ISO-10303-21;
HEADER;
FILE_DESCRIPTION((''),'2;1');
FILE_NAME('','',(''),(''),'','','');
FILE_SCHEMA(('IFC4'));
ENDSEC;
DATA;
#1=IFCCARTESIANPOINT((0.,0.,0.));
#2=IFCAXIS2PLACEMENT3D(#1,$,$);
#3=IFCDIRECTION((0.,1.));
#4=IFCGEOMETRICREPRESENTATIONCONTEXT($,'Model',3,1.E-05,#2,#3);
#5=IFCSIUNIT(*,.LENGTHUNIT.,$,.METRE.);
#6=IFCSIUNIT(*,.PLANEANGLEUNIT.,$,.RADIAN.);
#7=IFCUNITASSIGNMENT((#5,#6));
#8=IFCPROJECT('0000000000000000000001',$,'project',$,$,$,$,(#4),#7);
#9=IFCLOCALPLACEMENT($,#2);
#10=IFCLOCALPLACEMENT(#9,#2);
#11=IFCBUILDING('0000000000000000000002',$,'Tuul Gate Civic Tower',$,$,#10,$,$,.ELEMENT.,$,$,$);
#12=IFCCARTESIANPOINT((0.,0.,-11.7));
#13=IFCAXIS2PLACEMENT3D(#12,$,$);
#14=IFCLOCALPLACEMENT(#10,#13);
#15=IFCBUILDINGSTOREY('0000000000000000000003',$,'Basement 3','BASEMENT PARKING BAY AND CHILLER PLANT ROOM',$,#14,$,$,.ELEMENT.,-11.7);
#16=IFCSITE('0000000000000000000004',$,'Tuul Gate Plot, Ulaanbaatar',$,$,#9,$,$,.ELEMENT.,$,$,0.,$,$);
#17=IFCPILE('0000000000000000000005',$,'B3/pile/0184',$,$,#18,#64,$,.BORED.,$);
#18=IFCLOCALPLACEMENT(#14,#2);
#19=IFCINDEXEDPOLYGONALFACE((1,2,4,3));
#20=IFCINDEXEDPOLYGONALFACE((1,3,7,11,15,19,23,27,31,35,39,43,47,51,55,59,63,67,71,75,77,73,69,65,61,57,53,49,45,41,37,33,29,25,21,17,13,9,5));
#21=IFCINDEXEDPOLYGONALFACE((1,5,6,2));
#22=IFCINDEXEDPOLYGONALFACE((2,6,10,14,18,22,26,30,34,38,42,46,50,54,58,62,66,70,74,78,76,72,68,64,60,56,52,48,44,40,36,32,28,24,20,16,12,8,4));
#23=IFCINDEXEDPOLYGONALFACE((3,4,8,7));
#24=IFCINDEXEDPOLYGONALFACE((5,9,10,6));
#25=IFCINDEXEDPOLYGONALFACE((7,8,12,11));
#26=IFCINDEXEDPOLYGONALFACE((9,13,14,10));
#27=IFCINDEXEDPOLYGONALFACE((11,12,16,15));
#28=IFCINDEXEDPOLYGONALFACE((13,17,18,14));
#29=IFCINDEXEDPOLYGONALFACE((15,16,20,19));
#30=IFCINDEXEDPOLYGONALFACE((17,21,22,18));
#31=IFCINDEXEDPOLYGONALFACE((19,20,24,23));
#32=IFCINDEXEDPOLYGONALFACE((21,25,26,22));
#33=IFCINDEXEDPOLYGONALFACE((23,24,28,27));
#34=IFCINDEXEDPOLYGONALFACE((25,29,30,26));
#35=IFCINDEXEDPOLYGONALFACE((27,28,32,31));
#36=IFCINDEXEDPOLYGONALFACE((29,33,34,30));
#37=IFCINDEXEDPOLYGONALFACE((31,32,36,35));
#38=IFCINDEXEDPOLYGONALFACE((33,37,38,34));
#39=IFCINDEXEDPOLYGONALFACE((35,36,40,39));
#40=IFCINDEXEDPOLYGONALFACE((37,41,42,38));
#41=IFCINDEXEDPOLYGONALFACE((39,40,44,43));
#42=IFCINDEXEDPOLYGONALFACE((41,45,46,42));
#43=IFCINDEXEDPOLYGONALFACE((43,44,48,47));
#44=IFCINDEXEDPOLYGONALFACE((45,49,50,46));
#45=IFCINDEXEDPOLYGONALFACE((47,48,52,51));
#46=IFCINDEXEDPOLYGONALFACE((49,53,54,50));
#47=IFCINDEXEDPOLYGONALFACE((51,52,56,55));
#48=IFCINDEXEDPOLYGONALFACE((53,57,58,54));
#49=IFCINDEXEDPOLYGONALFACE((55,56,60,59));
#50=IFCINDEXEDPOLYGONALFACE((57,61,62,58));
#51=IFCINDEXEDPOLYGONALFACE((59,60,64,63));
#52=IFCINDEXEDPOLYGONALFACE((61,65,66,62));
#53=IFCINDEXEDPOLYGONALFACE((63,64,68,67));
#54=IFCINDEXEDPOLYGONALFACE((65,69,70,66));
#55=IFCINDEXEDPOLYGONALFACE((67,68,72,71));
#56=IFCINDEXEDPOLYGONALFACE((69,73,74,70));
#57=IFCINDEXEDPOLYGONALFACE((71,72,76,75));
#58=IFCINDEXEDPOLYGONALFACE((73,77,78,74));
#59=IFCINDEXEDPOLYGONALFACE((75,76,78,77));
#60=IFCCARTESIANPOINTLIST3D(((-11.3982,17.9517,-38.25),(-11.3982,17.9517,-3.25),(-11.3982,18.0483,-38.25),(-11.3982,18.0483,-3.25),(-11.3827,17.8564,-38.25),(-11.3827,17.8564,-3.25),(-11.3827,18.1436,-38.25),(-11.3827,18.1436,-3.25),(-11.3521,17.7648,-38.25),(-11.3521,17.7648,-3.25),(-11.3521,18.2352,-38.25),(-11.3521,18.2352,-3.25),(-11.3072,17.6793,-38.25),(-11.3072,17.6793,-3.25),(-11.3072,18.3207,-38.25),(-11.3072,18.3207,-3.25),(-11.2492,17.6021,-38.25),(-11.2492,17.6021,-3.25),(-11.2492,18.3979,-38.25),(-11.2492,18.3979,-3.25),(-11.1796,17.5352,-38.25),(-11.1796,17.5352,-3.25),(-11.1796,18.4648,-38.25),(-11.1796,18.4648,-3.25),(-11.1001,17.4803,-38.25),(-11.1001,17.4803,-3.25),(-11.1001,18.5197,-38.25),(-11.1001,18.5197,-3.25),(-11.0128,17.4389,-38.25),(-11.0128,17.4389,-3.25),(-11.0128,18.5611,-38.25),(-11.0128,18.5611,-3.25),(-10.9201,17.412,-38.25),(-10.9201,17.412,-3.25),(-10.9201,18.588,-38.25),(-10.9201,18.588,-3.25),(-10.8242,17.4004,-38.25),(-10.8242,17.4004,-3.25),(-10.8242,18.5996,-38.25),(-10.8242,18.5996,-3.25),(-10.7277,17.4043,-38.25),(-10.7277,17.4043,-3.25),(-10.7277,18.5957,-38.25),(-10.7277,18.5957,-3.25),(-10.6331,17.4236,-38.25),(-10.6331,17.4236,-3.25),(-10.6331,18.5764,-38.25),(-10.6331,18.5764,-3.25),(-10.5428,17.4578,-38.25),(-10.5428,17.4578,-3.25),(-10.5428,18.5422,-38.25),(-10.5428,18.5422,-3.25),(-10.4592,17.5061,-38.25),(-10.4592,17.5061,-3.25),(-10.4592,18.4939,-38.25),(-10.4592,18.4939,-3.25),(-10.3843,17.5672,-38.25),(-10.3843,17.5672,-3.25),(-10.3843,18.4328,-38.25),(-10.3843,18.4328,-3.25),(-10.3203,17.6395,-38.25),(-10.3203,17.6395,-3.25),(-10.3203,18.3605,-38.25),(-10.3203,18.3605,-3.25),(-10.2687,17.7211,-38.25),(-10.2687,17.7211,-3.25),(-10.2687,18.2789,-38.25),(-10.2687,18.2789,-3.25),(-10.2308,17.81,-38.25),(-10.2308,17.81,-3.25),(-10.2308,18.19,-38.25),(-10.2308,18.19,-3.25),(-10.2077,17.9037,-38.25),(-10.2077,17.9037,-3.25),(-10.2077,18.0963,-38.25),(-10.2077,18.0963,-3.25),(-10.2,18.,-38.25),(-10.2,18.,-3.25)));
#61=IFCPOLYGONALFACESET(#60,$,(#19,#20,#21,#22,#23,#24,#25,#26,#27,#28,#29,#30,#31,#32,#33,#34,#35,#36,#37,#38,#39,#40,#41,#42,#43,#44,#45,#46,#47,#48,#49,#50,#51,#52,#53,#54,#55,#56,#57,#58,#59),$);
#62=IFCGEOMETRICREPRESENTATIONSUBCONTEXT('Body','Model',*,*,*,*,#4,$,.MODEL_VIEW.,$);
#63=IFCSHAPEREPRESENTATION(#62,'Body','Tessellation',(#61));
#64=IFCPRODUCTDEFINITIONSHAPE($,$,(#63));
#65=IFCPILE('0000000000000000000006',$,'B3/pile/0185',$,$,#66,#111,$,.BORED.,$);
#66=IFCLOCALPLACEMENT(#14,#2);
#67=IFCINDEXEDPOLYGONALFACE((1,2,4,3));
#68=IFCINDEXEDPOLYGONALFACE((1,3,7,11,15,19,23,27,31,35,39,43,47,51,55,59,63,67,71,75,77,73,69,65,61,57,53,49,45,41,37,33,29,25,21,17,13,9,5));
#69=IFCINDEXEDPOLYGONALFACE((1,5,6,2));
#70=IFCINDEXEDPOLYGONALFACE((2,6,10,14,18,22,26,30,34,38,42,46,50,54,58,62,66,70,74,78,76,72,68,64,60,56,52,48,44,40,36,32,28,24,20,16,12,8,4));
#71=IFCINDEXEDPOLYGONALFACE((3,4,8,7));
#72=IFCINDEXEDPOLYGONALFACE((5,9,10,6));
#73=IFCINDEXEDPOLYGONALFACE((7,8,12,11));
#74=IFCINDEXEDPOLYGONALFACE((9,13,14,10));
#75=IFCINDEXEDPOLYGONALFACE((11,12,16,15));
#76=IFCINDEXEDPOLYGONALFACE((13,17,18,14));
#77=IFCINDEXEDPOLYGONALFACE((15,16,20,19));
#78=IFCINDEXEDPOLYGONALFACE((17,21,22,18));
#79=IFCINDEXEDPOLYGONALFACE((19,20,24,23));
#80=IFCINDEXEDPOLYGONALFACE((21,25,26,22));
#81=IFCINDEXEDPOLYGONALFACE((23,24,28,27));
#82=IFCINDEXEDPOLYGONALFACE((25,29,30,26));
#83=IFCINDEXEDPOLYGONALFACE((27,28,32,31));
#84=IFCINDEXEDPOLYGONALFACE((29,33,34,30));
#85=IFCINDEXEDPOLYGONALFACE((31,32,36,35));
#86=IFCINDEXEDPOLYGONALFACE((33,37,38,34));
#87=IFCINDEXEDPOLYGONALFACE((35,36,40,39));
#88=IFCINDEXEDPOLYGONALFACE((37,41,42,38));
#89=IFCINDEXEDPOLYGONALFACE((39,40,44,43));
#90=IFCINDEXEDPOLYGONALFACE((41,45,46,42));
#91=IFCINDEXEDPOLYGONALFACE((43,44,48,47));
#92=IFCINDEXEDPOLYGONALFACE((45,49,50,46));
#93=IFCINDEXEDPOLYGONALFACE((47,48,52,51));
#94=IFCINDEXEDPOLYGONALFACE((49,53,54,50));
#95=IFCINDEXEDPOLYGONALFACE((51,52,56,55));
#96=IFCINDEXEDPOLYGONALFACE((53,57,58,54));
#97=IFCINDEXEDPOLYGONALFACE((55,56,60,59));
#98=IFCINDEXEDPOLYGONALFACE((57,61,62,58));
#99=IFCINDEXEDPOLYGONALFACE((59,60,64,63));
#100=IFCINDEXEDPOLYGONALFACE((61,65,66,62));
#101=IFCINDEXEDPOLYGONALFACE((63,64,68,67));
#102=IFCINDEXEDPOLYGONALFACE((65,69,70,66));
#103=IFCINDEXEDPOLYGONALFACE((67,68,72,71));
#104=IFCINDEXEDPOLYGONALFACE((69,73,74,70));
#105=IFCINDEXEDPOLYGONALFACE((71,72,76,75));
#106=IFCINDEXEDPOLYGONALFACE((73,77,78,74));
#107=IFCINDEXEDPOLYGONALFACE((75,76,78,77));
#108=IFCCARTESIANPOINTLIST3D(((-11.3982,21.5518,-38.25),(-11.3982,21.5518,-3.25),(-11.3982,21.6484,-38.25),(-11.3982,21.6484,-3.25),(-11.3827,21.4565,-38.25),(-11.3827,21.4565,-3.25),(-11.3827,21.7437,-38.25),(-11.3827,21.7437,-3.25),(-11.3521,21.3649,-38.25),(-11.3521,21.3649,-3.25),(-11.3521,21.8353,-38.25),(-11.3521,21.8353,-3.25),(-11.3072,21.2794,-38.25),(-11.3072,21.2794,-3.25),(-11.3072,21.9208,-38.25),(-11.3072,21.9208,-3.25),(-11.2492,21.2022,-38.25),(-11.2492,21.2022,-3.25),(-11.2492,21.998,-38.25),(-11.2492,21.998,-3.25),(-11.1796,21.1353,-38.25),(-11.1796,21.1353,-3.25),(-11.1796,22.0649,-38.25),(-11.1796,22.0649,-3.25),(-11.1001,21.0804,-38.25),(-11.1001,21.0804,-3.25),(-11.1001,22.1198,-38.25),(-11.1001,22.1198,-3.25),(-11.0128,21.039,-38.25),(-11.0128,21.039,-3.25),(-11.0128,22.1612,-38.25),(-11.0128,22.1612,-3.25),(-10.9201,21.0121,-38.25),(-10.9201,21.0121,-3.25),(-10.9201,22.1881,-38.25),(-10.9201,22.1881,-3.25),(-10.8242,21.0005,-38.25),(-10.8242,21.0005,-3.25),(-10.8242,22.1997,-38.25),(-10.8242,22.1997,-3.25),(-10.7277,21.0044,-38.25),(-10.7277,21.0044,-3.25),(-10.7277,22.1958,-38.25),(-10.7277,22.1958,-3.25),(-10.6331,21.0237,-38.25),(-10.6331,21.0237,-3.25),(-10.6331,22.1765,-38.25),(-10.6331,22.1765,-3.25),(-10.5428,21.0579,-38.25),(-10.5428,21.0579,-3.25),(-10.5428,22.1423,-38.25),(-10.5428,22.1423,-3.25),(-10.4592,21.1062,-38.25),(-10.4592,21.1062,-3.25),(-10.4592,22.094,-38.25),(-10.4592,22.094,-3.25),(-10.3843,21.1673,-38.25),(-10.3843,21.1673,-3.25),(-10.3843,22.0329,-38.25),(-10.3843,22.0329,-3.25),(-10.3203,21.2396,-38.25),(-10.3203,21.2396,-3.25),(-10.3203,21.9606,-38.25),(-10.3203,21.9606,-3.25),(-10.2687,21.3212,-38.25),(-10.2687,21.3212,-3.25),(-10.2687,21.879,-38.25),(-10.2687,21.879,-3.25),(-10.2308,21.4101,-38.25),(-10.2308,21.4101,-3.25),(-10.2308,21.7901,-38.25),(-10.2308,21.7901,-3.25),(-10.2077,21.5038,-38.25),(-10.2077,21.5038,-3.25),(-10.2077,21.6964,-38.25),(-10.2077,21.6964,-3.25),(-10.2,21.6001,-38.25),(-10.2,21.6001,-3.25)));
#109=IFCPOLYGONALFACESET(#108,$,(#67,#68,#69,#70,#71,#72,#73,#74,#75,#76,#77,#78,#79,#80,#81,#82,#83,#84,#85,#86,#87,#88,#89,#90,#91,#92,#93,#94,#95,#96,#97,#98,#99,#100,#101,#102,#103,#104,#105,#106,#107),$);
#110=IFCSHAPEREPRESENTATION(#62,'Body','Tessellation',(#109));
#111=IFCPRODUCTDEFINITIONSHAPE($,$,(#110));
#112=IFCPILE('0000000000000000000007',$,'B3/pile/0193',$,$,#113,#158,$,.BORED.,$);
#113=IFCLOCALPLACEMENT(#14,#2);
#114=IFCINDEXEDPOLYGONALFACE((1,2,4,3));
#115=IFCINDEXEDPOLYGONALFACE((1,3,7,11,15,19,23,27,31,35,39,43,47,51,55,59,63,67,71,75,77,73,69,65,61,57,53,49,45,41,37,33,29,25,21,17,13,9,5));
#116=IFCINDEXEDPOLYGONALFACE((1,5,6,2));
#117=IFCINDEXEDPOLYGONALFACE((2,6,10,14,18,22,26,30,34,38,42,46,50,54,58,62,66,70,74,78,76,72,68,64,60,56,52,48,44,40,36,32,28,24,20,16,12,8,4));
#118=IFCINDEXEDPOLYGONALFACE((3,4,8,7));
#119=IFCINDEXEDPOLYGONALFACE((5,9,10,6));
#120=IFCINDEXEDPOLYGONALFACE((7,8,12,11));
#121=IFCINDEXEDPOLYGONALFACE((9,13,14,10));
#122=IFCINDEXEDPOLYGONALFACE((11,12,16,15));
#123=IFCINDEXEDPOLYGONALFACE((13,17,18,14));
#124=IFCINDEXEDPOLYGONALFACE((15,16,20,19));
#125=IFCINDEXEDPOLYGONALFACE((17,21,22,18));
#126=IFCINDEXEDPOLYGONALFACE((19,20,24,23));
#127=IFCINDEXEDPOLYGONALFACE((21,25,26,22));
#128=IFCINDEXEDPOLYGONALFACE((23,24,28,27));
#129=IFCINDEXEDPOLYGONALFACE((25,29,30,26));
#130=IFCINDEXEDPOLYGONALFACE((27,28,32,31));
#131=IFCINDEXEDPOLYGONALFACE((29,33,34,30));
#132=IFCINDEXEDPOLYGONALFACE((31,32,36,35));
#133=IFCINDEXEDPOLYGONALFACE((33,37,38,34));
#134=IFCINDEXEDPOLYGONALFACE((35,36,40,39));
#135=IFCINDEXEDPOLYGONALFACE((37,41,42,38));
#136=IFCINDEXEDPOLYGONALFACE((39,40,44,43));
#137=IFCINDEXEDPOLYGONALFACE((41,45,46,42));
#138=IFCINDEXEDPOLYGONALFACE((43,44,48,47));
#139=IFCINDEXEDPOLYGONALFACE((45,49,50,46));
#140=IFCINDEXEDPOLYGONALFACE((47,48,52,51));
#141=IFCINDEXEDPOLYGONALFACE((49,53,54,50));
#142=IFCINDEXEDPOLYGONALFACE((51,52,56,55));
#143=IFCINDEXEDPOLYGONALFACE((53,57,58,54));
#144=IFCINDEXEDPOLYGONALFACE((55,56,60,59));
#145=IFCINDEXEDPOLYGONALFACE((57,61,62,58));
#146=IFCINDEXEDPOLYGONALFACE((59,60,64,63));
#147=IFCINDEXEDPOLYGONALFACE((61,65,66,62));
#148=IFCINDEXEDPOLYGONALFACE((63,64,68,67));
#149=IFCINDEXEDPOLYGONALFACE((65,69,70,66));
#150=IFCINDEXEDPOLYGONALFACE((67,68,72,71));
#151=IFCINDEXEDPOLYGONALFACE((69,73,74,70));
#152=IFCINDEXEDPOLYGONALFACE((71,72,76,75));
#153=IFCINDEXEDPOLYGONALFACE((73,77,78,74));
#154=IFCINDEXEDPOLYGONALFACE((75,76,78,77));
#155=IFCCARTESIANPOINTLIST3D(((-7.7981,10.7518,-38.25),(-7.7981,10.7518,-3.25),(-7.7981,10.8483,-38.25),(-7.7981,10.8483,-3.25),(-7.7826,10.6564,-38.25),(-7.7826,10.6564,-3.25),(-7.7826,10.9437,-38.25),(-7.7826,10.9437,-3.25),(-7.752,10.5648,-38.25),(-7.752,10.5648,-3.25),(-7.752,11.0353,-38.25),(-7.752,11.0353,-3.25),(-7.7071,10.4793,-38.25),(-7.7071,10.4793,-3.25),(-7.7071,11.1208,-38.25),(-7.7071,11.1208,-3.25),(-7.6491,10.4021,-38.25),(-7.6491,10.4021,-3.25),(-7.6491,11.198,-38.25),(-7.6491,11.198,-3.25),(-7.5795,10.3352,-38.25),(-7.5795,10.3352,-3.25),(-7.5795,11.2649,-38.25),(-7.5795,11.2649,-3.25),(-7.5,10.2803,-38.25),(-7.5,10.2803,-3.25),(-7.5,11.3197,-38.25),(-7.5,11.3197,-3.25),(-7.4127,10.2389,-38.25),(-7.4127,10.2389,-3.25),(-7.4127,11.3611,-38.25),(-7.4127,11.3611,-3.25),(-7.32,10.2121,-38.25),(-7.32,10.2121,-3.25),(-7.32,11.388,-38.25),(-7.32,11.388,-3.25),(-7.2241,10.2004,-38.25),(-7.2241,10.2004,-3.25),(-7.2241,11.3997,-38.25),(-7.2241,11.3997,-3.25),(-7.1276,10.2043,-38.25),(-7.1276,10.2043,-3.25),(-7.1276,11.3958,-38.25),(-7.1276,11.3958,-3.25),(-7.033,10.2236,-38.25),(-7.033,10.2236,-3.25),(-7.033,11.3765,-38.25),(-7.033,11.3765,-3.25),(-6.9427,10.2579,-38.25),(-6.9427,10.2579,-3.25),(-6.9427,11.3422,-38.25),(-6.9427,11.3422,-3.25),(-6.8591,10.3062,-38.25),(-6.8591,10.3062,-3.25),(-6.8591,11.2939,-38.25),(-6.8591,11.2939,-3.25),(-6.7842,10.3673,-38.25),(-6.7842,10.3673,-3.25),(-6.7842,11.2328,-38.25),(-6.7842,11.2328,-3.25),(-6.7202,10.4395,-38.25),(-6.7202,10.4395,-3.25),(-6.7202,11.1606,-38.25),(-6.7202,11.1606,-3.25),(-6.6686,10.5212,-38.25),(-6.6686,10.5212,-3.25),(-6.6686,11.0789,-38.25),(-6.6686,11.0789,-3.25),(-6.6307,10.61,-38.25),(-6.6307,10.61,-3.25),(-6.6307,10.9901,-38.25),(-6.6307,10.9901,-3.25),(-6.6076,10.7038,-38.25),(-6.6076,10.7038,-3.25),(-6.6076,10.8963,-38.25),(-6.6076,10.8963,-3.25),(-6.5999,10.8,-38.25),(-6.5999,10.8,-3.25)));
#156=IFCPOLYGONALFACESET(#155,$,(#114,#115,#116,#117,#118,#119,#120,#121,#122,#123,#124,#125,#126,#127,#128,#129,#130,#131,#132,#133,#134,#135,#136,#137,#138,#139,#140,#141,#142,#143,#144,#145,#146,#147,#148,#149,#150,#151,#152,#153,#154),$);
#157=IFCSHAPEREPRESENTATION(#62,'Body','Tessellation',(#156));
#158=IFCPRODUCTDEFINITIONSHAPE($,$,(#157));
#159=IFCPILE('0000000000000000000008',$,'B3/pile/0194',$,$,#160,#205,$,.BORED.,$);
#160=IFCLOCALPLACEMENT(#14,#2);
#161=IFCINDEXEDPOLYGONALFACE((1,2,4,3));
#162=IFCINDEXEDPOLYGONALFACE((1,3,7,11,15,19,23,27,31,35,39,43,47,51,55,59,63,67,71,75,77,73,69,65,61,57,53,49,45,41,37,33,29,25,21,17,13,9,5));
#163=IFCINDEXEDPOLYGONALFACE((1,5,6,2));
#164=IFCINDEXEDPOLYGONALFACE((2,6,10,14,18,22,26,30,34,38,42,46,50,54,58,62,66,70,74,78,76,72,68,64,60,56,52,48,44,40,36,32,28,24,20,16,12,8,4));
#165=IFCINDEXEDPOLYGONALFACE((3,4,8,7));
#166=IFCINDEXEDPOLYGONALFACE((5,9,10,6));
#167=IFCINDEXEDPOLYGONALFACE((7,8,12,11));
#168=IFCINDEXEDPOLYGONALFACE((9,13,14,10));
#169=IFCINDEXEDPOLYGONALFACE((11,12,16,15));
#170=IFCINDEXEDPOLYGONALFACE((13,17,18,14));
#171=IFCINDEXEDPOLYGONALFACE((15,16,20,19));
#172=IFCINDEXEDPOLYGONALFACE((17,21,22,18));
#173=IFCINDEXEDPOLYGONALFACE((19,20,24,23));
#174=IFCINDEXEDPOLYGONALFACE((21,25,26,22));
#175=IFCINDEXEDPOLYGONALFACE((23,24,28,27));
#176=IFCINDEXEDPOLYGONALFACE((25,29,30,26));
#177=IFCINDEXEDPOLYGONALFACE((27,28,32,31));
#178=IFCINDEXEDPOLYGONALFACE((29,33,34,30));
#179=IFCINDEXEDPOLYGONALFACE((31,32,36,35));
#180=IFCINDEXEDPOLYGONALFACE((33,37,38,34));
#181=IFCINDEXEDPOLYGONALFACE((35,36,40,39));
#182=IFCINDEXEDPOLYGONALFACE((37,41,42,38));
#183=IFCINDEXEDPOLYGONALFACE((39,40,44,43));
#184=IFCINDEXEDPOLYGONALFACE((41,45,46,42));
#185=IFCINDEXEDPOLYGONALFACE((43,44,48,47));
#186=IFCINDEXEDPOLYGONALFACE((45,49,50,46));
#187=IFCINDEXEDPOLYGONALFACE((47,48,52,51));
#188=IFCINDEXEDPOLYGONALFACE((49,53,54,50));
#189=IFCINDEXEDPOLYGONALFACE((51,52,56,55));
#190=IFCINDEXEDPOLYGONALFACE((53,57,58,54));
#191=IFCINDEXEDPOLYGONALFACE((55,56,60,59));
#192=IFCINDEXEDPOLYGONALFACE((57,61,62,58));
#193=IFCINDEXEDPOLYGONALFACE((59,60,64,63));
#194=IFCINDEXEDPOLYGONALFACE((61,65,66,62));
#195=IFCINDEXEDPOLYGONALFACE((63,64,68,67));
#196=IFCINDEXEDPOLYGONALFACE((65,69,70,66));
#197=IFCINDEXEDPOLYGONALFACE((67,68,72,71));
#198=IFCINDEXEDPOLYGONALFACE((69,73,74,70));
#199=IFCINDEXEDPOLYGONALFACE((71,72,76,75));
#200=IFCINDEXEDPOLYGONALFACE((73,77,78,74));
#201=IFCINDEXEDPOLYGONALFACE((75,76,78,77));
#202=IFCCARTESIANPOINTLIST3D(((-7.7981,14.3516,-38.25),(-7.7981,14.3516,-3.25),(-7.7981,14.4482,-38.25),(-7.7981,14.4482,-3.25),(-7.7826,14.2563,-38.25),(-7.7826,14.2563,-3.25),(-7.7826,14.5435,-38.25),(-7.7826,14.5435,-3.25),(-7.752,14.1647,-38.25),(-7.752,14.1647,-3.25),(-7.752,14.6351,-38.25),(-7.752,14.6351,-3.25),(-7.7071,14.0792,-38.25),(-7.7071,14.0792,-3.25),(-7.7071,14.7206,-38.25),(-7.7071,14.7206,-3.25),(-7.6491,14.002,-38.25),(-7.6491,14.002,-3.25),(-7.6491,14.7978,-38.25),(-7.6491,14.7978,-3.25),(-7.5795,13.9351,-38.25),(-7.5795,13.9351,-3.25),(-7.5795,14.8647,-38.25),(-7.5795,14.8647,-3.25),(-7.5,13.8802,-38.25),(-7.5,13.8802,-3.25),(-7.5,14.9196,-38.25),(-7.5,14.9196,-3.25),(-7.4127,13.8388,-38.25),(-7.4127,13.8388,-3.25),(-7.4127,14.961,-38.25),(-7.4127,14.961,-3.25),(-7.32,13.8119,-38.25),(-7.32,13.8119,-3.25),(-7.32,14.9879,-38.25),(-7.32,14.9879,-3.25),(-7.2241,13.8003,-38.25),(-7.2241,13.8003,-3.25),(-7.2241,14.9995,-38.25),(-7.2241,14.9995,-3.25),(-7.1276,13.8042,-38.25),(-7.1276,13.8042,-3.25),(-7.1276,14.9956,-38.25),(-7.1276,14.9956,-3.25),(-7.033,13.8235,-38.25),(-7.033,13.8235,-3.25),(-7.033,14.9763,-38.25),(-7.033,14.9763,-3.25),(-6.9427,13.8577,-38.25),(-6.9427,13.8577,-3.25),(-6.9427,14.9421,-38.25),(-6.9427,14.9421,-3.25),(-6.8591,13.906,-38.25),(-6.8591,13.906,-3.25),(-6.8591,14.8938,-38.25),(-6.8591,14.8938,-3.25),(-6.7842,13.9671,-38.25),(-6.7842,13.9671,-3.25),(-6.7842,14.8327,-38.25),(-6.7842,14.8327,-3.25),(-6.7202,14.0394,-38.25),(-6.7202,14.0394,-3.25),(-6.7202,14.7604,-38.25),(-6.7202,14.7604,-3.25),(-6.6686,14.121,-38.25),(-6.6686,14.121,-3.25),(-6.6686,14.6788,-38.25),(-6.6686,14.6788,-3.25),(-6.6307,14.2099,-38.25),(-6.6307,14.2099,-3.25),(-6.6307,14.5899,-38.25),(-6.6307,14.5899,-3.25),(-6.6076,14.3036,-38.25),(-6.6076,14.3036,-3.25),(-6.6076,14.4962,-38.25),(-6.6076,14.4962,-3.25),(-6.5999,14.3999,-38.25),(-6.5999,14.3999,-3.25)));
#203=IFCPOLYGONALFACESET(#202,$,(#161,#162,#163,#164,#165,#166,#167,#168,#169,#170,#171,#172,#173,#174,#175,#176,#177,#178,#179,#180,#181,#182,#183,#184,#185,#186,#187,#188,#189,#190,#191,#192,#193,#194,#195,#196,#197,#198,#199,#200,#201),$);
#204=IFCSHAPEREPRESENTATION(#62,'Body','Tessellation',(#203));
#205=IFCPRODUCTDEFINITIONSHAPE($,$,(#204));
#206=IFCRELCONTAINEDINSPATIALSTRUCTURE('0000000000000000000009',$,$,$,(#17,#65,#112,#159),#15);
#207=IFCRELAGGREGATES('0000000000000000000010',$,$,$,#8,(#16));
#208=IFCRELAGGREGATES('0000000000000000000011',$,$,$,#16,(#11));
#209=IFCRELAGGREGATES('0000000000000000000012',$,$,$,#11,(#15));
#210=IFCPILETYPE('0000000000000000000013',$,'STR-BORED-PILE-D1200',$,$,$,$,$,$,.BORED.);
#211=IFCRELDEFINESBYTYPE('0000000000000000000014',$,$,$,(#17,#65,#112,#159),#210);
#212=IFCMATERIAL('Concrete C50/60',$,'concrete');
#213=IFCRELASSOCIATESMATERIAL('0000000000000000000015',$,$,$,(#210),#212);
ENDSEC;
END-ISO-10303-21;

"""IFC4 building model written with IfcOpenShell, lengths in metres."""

from ifc_helpers import new_model, si_unit, direction, frame, origin, origin_2d, place, context, subcontext, project, spatial, circle, extrude, material, material_profile, profile_set, type_object, element, save


model = new_model("IFC4")

# Units and contexts
model_context = context("Model", 3, precision=1e-05, world=origin(), true_north=direction((0.0, 1.0)))
body_context = subcontext(model_context, "Body", "Model", "MODEL_VIEW")
ifc_project = project(units=[si_unit("LENGTHUNIT", "METRE"), si_unit("PLANEANGLEUNIT", "RADIAN")], contexts=[model_context])

# Site, building, storey
site_placement = place(None, origin())
site = spatial("IfcSite", under=ifc_project, at=site_placement, Name="Tuul Gate Plot, Ulaanbaatar", CompositionType="ELEMENT", RefElevation=0.0)
building_placement = place(site_placement, origin())
building = spatial("IfcBuilding", under=site, at=building_placement, Name="Tuul Gate Civic Tower", CompositionType="ELEMENT")
storey_placement = place(building_placement, frame((0.0, 0.0, -11.7)))
storey = spatial("IfcBuildingStorey", under=building, at=storey_placement, Name="Basement 3", Description="BASEMENT PARKING BAY AND CHILLER PLANT ROOM", CompositionType="ELEMENT", Elevation=-11.7)

# Piles
ifc_material_1 = material(Name="Concrete C50/60", Category="concrete")
ifc_material_profile_1 = material_profile(ifc_material_1, circle(Radius=0.6001, at=origin_2d()), Name="PILE1200")
ifc_profile_set_1 = profile_set([ifc_material_profile_1], Name="Concrete C50/60")
pile_type = type_object("IfcPileType", Name="STR-BORED-PILE-D1200", PredefinedType="BORED", material=ifc_profile_set_1)
for number, where, z_axis, x_axis, name in (
    (1, (-10.8, 18.0, -3.25), (0.0, 0.0, -1.0), (1.0, 0.0, 0.0), "B3/pile/0184"),
    (2, (-10.8, 21.6001, -3.25), (0.0, 0.0, -1.0), (1.0, 0.0, 0.0), "B3/pile/0185"),
    (3, (-7.2, 10.8, -3.25), (0.0, 0.0, -1.0), (1.0, 0.0, 0.0), "B3/pile/0193"),
    (4, (-7.2, 14.3999, -3.25), (0.0, 0.0, -1.0), (1.0, 0.0, 0.0), "B3/pile/0194"),
):
    element("IfcPile", number, at=place(storey_placement, frame(where, z_axis=z_axis, x_axis=x_axis)), inside=storey, type_object=pile_type, Name=name, PredefinedType="BORED", context=body_context, shape_type="SweptSolid", body=[
        extrude(circle(Radius=0.6001, at=origin_2d()), origin(), (0.0, 0.0, 1.0), 35.0),
    ])

save(model, "model.ifc")
